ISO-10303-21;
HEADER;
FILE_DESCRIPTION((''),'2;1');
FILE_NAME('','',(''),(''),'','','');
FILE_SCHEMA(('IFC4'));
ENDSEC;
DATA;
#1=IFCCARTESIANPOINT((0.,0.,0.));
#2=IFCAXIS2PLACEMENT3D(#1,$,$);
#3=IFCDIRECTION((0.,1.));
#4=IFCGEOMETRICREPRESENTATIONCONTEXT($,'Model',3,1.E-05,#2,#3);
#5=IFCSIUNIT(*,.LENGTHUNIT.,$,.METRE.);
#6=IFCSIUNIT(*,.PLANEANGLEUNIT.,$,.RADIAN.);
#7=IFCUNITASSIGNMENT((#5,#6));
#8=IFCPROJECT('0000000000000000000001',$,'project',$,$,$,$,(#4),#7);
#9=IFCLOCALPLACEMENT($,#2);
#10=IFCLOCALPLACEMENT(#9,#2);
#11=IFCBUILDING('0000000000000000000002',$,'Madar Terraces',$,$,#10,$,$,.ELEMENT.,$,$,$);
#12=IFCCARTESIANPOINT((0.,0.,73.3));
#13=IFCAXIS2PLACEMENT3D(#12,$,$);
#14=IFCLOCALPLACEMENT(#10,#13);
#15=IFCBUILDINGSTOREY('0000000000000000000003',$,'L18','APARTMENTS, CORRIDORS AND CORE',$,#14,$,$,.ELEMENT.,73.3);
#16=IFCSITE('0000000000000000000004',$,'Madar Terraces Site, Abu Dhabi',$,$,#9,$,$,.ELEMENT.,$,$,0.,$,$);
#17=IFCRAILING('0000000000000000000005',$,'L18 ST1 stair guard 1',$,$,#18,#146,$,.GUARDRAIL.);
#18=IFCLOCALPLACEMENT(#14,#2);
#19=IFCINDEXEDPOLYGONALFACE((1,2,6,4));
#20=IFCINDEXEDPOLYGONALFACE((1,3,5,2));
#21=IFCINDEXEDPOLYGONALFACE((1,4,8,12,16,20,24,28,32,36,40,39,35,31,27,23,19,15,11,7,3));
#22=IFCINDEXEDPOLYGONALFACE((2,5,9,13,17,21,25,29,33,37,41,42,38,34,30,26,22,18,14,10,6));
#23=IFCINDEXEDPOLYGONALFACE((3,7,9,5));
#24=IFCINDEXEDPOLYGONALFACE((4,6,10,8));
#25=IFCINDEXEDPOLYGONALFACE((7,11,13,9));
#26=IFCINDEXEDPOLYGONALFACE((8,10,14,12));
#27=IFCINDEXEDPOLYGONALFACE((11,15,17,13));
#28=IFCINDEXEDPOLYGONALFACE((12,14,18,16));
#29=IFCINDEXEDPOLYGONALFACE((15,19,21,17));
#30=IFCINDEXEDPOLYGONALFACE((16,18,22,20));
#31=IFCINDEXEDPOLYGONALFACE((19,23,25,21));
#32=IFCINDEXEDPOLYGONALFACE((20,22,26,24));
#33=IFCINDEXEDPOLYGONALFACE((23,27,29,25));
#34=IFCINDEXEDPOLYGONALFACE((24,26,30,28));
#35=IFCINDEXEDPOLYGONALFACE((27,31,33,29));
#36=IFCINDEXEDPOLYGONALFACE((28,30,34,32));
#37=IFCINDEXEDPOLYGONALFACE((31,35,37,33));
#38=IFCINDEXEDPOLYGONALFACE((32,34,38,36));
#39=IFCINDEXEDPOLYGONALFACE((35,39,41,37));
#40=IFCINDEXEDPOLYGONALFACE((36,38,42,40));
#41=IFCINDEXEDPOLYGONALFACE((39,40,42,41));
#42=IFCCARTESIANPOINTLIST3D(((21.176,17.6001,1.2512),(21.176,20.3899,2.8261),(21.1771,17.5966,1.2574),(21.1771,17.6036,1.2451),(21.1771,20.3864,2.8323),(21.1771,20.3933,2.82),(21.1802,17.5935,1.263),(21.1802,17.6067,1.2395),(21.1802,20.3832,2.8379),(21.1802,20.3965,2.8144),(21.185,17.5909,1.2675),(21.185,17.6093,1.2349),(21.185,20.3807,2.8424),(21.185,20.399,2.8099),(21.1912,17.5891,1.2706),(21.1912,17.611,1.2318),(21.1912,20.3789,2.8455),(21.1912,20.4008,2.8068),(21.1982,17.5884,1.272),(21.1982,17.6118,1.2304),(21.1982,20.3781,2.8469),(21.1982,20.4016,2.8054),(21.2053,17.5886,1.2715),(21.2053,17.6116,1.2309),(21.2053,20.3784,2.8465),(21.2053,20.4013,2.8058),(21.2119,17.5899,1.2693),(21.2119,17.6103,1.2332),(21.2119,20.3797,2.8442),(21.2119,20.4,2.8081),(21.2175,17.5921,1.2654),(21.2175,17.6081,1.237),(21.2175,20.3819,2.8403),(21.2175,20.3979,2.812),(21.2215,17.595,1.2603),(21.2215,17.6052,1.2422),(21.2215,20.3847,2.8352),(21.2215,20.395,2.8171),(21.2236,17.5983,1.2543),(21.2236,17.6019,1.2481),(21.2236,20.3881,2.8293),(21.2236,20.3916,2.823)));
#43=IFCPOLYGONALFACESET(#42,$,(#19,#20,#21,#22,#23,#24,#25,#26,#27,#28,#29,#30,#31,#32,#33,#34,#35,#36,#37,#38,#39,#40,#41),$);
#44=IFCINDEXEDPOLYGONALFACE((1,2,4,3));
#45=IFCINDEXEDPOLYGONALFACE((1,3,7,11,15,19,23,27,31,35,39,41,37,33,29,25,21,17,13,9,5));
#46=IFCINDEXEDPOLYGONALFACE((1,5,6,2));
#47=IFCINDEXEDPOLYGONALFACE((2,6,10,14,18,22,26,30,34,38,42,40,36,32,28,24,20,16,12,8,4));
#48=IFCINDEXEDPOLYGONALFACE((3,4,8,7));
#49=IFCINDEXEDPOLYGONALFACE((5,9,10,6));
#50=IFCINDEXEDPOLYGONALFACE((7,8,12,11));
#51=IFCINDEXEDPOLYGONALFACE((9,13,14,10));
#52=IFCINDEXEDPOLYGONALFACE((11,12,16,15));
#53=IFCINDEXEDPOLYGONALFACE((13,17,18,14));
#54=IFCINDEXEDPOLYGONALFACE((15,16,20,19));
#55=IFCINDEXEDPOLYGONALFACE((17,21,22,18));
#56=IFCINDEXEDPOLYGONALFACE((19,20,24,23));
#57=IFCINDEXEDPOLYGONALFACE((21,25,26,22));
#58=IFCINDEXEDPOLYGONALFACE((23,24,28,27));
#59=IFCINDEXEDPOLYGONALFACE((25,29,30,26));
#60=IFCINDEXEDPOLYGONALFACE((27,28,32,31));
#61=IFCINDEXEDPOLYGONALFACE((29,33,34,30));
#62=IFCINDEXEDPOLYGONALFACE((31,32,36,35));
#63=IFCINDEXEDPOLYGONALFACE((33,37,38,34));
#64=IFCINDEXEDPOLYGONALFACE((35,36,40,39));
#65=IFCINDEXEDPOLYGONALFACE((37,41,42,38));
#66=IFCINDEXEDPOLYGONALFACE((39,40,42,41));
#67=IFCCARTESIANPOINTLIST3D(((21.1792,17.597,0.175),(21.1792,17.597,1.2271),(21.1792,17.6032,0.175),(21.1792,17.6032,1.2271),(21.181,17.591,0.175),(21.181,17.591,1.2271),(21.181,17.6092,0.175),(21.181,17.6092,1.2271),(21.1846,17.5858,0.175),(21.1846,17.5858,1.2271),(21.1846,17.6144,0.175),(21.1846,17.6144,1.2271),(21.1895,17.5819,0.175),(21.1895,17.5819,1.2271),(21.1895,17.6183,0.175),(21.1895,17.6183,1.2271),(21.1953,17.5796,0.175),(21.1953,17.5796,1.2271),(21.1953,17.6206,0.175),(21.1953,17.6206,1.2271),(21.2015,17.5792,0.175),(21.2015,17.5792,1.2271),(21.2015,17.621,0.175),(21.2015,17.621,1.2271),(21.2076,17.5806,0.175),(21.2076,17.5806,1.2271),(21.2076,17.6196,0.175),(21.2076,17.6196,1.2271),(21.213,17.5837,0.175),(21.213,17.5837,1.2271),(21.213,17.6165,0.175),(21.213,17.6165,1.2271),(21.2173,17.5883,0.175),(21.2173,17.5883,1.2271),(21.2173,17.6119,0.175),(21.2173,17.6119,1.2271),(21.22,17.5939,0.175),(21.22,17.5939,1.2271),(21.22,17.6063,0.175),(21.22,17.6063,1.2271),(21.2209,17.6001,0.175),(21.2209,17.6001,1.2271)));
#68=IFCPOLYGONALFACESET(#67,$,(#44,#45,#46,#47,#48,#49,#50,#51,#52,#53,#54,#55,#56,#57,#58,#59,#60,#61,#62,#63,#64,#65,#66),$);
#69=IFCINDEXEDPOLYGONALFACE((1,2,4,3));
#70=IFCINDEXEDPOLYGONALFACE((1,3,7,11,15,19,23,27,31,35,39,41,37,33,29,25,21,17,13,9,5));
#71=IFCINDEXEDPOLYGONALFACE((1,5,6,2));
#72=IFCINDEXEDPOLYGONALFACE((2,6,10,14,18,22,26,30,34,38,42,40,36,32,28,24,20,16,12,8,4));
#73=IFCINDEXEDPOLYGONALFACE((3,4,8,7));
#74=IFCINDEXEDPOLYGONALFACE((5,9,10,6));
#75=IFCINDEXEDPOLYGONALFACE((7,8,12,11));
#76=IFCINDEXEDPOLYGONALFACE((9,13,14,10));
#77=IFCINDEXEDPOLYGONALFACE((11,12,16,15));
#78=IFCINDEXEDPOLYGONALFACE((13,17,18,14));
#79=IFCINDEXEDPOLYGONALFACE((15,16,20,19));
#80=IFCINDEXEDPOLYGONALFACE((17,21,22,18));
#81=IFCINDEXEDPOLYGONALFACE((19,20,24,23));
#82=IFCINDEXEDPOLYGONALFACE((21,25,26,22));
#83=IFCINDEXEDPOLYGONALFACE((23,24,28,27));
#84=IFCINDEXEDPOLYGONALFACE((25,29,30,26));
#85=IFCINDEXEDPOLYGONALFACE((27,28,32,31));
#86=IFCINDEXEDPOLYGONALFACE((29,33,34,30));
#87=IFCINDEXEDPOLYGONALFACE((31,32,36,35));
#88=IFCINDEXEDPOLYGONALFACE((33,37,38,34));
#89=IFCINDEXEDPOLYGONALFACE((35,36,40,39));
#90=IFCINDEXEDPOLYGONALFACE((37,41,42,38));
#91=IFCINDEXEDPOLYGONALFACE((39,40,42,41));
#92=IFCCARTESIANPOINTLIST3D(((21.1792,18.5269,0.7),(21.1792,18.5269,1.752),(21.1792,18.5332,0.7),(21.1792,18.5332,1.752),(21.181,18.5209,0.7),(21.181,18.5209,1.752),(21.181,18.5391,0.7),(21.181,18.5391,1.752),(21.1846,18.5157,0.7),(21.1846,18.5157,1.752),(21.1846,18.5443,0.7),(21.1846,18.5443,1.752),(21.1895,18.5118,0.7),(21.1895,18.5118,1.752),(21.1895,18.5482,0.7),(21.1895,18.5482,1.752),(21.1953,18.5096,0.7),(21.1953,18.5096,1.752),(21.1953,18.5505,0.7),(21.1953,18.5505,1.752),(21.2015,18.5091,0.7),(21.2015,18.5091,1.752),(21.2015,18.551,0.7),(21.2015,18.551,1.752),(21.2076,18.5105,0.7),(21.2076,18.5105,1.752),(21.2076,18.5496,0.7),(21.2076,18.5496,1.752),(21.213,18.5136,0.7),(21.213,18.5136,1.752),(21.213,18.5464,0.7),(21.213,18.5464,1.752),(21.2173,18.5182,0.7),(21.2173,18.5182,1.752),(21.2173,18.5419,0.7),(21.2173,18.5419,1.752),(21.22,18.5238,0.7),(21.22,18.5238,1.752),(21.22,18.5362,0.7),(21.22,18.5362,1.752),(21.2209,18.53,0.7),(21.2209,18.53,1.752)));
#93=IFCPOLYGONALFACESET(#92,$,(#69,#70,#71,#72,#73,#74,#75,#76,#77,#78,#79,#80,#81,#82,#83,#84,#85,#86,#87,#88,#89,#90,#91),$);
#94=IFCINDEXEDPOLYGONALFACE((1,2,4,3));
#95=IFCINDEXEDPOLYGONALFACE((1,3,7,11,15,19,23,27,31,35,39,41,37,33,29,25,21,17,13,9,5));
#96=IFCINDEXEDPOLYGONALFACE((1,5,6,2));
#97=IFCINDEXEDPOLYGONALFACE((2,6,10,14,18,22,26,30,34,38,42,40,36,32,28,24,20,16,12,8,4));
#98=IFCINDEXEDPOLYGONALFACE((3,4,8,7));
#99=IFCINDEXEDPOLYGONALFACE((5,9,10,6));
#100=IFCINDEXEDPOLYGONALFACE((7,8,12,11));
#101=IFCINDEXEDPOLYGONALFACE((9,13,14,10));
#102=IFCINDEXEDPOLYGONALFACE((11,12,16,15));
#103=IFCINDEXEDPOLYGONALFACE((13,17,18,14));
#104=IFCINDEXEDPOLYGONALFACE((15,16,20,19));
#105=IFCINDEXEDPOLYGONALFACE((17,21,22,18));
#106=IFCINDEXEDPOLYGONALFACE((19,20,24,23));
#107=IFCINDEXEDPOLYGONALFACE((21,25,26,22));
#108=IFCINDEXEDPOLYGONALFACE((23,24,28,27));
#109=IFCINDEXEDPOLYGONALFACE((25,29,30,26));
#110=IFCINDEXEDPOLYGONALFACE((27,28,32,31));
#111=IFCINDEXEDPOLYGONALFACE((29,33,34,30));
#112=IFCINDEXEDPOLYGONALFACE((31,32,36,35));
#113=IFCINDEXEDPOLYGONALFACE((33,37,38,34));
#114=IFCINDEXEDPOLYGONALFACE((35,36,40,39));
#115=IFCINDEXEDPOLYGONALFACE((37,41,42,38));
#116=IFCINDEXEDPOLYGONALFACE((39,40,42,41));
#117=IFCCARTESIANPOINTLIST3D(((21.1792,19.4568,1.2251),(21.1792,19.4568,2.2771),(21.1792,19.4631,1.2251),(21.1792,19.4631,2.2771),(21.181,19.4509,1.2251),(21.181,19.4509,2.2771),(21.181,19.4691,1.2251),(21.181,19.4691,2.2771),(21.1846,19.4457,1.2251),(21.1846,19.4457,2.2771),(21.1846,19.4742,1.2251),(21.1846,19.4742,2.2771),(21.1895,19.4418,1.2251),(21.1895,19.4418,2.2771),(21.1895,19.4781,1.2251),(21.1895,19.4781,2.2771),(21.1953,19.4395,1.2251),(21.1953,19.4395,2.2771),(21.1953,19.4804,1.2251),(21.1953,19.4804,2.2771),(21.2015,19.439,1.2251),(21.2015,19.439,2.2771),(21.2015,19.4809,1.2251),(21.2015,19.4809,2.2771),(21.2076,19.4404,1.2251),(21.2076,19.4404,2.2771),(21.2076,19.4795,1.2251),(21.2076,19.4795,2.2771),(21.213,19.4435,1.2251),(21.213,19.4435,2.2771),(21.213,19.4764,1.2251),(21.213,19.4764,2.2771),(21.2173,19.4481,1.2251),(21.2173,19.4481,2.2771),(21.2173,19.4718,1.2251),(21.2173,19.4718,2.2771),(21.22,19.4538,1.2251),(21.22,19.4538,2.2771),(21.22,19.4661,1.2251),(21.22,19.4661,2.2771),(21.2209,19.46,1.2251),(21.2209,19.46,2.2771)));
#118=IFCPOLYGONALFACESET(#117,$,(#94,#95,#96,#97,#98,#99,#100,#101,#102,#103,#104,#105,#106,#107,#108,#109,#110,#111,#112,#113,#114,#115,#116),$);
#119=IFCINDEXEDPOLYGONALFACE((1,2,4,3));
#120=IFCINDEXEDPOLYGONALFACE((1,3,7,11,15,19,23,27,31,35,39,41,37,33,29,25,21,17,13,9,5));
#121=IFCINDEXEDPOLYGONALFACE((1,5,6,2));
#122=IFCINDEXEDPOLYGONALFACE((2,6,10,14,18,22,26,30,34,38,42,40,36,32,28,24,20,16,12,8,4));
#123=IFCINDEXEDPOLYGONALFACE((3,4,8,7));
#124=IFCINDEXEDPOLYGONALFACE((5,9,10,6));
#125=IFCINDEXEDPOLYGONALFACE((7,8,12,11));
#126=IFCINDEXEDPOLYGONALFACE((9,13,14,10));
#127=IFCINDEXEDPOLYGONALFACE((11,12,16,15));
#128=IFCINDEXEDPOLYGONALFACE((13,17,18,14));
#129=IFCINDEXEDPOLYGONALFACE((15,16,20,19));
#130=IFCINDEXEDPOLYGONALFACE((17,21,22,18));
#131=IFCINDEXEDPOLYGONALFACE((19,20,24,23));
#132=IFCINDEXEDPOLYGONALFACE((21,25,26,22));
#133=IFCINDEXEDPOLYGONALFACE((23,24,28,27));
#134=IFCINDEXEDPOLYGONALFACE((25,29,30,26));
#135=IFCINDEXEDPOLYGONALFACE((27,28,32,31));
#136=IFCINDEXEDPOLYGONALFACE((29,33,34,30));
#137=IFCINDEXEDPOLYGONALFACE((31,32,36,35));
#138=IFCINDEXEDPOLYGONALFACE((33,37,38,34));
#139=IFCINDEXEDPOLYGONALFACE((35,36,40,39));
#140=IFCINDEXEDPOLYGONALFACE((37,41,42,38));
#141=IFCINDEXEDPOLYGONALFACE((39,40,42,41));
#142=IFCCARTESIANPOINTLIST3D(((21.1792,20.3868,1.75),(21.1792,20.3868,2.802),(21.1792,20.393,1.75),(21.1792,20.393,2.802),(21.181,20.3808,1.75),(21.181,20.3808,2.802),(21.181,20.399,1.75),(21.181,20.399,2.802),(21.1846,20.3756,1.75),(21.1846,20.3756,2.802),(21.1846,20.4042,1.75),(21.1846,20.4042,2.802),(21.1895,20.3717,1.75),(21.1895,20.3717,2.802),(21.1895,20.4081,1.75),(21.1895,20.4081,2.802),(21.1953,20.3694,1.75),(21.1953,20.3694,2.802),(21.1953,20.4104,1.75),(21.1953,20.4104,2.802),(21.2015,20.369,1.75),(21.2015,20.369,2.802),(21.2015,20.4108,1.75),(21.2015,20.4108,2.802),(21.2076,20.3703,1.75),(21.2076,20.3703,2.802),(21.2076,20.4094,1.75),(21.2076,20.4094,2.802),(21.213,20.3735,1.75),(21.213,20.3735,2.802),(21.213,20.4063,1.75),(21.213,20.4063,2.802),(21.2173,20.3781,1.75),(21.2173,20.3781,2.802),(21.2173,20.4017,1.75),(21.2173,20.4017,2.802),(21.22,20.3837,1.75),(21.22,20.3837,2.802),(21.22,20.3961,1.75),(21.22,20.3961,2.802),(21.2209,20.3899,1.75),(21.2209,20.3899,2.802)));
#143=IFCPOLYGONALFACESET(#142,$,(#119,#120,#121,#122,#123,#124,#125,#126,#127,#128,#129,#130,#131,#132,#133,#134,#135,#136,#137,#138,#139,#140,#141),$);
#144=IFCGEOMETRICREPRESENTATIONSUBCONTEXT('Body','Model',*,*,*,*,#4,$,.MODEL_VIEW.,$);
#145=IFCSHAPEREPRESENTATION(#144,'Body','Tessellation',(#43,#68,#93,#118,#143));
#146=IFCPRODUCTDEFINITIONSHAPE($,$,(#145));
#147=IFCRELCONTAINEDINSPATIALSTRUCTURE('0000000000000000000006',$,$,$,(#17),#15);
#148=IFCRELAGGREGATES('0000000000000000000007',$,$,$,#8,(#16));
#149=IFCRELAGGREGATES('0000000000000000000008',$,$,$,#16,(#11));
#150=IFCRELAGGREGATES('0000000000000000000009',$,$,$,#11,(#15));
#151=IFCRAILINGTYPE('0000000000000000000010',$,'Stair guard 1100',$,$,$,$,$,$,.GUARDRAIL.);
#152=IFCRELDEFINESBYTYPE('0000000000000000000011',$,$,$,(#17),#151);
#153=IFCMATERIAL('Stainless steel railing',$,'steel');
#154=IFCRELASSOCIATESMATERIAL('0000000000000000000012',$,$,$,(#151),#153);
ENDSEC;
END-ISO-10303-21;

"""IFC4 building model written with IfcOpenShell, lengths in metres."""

from ifc_helpers import new_model, si_unit, direction, frame, origin, origin_2d, place, context, subcontext, project, spatial, circle, extrude, material, type_object, element, save


model = new_model("IFC4")

# Units and contexts
model_context = context("Model", 3, precision=1e-05, world=origin(), true_north=direction((0.0, 1.0)))
body_context = subcontext(model_context, "Body", "Model", "MODEL_VIEW")
ifc_project = project(units=[si_unit("LENGTHUNIT", "METRE"), si_unit("PLANEANGLEUNIT", "RADIAN")], contexts=[model_context])

# Site, building, storey
site_placement = place(None, origin())
site = spatial("IfcSite", under=ifc_project, at=site_placement, Name="Madar Terraces Site, Abu Dhabi", CompositionType="ELEMENT", RefElevation=0.0)
building_placement = place(site_placement, origin())
building = spatial("IfcBuilding", under=site, at=building_placement, Name="Madar Terraces", CompositionType="ELEMENT")
storey_placement = place(building_placement, frame((0.0, 0.0, 73.3)))
storey = spatial("IfcBuildingStorey", under=building, at=storey_placement, Name="L18", Description="APARTMENTS, CORRIDORS AND CORE", CompositionType="ELEMENT", Elevation=73.3)

# Railing
ifc_material_1 = material(Name="Stainless steel railing", Category="steel")
railing_type_1 = type_object("IfcRailingType", Name="Stair guard 1100", PredefinedType="GUARDRAIL", material=ifc_material_1)
railing_1_placement = place(storey_placement, frame((21.2, 17.6001, 0.175)))
element("IfcRailing", 1, at=railing_1_placement, inside=storey, type_object=railing_type_1, Name="L18 ST1 stair guard 1", PredefinedType="GUARDRAIL", context=body_context, shape_type="SweptSolid", body=[
    extrude(circle(Radius=0.0239, at=origin_2d()), frame((0.0, 0.0, 1.0762), z_axis=(0.0, 0.870815, 0.49161), x_axis=(-1.0, 0.0, 0.0)), (0.0, 0.0, 1.0), 3.2036),
    extrude(circle(Radius=0.021, at=origin_2d()), origin(), (0.0, 0.0, 1.0), 1.052),
    extrude(circle(Radius=0.021, at=origin_2d()), frame((0.0, 0.9299, 0.5249)), (0.0, 0.0, 1.0), 1.052),
    extrude(circle(Radius=0.021, at=origin_2d()), frame((0.0, 1.8599, 1.05)), (0.0, 0.0, 1.0), 1.052),
    extrude(circle(Radius=0.021, at=origin_2d()), frame((0.0, 2.7898, 1.575)), (0.0, 0.0, 1.0), 1.052),
])

save(model, "model.ifc")
